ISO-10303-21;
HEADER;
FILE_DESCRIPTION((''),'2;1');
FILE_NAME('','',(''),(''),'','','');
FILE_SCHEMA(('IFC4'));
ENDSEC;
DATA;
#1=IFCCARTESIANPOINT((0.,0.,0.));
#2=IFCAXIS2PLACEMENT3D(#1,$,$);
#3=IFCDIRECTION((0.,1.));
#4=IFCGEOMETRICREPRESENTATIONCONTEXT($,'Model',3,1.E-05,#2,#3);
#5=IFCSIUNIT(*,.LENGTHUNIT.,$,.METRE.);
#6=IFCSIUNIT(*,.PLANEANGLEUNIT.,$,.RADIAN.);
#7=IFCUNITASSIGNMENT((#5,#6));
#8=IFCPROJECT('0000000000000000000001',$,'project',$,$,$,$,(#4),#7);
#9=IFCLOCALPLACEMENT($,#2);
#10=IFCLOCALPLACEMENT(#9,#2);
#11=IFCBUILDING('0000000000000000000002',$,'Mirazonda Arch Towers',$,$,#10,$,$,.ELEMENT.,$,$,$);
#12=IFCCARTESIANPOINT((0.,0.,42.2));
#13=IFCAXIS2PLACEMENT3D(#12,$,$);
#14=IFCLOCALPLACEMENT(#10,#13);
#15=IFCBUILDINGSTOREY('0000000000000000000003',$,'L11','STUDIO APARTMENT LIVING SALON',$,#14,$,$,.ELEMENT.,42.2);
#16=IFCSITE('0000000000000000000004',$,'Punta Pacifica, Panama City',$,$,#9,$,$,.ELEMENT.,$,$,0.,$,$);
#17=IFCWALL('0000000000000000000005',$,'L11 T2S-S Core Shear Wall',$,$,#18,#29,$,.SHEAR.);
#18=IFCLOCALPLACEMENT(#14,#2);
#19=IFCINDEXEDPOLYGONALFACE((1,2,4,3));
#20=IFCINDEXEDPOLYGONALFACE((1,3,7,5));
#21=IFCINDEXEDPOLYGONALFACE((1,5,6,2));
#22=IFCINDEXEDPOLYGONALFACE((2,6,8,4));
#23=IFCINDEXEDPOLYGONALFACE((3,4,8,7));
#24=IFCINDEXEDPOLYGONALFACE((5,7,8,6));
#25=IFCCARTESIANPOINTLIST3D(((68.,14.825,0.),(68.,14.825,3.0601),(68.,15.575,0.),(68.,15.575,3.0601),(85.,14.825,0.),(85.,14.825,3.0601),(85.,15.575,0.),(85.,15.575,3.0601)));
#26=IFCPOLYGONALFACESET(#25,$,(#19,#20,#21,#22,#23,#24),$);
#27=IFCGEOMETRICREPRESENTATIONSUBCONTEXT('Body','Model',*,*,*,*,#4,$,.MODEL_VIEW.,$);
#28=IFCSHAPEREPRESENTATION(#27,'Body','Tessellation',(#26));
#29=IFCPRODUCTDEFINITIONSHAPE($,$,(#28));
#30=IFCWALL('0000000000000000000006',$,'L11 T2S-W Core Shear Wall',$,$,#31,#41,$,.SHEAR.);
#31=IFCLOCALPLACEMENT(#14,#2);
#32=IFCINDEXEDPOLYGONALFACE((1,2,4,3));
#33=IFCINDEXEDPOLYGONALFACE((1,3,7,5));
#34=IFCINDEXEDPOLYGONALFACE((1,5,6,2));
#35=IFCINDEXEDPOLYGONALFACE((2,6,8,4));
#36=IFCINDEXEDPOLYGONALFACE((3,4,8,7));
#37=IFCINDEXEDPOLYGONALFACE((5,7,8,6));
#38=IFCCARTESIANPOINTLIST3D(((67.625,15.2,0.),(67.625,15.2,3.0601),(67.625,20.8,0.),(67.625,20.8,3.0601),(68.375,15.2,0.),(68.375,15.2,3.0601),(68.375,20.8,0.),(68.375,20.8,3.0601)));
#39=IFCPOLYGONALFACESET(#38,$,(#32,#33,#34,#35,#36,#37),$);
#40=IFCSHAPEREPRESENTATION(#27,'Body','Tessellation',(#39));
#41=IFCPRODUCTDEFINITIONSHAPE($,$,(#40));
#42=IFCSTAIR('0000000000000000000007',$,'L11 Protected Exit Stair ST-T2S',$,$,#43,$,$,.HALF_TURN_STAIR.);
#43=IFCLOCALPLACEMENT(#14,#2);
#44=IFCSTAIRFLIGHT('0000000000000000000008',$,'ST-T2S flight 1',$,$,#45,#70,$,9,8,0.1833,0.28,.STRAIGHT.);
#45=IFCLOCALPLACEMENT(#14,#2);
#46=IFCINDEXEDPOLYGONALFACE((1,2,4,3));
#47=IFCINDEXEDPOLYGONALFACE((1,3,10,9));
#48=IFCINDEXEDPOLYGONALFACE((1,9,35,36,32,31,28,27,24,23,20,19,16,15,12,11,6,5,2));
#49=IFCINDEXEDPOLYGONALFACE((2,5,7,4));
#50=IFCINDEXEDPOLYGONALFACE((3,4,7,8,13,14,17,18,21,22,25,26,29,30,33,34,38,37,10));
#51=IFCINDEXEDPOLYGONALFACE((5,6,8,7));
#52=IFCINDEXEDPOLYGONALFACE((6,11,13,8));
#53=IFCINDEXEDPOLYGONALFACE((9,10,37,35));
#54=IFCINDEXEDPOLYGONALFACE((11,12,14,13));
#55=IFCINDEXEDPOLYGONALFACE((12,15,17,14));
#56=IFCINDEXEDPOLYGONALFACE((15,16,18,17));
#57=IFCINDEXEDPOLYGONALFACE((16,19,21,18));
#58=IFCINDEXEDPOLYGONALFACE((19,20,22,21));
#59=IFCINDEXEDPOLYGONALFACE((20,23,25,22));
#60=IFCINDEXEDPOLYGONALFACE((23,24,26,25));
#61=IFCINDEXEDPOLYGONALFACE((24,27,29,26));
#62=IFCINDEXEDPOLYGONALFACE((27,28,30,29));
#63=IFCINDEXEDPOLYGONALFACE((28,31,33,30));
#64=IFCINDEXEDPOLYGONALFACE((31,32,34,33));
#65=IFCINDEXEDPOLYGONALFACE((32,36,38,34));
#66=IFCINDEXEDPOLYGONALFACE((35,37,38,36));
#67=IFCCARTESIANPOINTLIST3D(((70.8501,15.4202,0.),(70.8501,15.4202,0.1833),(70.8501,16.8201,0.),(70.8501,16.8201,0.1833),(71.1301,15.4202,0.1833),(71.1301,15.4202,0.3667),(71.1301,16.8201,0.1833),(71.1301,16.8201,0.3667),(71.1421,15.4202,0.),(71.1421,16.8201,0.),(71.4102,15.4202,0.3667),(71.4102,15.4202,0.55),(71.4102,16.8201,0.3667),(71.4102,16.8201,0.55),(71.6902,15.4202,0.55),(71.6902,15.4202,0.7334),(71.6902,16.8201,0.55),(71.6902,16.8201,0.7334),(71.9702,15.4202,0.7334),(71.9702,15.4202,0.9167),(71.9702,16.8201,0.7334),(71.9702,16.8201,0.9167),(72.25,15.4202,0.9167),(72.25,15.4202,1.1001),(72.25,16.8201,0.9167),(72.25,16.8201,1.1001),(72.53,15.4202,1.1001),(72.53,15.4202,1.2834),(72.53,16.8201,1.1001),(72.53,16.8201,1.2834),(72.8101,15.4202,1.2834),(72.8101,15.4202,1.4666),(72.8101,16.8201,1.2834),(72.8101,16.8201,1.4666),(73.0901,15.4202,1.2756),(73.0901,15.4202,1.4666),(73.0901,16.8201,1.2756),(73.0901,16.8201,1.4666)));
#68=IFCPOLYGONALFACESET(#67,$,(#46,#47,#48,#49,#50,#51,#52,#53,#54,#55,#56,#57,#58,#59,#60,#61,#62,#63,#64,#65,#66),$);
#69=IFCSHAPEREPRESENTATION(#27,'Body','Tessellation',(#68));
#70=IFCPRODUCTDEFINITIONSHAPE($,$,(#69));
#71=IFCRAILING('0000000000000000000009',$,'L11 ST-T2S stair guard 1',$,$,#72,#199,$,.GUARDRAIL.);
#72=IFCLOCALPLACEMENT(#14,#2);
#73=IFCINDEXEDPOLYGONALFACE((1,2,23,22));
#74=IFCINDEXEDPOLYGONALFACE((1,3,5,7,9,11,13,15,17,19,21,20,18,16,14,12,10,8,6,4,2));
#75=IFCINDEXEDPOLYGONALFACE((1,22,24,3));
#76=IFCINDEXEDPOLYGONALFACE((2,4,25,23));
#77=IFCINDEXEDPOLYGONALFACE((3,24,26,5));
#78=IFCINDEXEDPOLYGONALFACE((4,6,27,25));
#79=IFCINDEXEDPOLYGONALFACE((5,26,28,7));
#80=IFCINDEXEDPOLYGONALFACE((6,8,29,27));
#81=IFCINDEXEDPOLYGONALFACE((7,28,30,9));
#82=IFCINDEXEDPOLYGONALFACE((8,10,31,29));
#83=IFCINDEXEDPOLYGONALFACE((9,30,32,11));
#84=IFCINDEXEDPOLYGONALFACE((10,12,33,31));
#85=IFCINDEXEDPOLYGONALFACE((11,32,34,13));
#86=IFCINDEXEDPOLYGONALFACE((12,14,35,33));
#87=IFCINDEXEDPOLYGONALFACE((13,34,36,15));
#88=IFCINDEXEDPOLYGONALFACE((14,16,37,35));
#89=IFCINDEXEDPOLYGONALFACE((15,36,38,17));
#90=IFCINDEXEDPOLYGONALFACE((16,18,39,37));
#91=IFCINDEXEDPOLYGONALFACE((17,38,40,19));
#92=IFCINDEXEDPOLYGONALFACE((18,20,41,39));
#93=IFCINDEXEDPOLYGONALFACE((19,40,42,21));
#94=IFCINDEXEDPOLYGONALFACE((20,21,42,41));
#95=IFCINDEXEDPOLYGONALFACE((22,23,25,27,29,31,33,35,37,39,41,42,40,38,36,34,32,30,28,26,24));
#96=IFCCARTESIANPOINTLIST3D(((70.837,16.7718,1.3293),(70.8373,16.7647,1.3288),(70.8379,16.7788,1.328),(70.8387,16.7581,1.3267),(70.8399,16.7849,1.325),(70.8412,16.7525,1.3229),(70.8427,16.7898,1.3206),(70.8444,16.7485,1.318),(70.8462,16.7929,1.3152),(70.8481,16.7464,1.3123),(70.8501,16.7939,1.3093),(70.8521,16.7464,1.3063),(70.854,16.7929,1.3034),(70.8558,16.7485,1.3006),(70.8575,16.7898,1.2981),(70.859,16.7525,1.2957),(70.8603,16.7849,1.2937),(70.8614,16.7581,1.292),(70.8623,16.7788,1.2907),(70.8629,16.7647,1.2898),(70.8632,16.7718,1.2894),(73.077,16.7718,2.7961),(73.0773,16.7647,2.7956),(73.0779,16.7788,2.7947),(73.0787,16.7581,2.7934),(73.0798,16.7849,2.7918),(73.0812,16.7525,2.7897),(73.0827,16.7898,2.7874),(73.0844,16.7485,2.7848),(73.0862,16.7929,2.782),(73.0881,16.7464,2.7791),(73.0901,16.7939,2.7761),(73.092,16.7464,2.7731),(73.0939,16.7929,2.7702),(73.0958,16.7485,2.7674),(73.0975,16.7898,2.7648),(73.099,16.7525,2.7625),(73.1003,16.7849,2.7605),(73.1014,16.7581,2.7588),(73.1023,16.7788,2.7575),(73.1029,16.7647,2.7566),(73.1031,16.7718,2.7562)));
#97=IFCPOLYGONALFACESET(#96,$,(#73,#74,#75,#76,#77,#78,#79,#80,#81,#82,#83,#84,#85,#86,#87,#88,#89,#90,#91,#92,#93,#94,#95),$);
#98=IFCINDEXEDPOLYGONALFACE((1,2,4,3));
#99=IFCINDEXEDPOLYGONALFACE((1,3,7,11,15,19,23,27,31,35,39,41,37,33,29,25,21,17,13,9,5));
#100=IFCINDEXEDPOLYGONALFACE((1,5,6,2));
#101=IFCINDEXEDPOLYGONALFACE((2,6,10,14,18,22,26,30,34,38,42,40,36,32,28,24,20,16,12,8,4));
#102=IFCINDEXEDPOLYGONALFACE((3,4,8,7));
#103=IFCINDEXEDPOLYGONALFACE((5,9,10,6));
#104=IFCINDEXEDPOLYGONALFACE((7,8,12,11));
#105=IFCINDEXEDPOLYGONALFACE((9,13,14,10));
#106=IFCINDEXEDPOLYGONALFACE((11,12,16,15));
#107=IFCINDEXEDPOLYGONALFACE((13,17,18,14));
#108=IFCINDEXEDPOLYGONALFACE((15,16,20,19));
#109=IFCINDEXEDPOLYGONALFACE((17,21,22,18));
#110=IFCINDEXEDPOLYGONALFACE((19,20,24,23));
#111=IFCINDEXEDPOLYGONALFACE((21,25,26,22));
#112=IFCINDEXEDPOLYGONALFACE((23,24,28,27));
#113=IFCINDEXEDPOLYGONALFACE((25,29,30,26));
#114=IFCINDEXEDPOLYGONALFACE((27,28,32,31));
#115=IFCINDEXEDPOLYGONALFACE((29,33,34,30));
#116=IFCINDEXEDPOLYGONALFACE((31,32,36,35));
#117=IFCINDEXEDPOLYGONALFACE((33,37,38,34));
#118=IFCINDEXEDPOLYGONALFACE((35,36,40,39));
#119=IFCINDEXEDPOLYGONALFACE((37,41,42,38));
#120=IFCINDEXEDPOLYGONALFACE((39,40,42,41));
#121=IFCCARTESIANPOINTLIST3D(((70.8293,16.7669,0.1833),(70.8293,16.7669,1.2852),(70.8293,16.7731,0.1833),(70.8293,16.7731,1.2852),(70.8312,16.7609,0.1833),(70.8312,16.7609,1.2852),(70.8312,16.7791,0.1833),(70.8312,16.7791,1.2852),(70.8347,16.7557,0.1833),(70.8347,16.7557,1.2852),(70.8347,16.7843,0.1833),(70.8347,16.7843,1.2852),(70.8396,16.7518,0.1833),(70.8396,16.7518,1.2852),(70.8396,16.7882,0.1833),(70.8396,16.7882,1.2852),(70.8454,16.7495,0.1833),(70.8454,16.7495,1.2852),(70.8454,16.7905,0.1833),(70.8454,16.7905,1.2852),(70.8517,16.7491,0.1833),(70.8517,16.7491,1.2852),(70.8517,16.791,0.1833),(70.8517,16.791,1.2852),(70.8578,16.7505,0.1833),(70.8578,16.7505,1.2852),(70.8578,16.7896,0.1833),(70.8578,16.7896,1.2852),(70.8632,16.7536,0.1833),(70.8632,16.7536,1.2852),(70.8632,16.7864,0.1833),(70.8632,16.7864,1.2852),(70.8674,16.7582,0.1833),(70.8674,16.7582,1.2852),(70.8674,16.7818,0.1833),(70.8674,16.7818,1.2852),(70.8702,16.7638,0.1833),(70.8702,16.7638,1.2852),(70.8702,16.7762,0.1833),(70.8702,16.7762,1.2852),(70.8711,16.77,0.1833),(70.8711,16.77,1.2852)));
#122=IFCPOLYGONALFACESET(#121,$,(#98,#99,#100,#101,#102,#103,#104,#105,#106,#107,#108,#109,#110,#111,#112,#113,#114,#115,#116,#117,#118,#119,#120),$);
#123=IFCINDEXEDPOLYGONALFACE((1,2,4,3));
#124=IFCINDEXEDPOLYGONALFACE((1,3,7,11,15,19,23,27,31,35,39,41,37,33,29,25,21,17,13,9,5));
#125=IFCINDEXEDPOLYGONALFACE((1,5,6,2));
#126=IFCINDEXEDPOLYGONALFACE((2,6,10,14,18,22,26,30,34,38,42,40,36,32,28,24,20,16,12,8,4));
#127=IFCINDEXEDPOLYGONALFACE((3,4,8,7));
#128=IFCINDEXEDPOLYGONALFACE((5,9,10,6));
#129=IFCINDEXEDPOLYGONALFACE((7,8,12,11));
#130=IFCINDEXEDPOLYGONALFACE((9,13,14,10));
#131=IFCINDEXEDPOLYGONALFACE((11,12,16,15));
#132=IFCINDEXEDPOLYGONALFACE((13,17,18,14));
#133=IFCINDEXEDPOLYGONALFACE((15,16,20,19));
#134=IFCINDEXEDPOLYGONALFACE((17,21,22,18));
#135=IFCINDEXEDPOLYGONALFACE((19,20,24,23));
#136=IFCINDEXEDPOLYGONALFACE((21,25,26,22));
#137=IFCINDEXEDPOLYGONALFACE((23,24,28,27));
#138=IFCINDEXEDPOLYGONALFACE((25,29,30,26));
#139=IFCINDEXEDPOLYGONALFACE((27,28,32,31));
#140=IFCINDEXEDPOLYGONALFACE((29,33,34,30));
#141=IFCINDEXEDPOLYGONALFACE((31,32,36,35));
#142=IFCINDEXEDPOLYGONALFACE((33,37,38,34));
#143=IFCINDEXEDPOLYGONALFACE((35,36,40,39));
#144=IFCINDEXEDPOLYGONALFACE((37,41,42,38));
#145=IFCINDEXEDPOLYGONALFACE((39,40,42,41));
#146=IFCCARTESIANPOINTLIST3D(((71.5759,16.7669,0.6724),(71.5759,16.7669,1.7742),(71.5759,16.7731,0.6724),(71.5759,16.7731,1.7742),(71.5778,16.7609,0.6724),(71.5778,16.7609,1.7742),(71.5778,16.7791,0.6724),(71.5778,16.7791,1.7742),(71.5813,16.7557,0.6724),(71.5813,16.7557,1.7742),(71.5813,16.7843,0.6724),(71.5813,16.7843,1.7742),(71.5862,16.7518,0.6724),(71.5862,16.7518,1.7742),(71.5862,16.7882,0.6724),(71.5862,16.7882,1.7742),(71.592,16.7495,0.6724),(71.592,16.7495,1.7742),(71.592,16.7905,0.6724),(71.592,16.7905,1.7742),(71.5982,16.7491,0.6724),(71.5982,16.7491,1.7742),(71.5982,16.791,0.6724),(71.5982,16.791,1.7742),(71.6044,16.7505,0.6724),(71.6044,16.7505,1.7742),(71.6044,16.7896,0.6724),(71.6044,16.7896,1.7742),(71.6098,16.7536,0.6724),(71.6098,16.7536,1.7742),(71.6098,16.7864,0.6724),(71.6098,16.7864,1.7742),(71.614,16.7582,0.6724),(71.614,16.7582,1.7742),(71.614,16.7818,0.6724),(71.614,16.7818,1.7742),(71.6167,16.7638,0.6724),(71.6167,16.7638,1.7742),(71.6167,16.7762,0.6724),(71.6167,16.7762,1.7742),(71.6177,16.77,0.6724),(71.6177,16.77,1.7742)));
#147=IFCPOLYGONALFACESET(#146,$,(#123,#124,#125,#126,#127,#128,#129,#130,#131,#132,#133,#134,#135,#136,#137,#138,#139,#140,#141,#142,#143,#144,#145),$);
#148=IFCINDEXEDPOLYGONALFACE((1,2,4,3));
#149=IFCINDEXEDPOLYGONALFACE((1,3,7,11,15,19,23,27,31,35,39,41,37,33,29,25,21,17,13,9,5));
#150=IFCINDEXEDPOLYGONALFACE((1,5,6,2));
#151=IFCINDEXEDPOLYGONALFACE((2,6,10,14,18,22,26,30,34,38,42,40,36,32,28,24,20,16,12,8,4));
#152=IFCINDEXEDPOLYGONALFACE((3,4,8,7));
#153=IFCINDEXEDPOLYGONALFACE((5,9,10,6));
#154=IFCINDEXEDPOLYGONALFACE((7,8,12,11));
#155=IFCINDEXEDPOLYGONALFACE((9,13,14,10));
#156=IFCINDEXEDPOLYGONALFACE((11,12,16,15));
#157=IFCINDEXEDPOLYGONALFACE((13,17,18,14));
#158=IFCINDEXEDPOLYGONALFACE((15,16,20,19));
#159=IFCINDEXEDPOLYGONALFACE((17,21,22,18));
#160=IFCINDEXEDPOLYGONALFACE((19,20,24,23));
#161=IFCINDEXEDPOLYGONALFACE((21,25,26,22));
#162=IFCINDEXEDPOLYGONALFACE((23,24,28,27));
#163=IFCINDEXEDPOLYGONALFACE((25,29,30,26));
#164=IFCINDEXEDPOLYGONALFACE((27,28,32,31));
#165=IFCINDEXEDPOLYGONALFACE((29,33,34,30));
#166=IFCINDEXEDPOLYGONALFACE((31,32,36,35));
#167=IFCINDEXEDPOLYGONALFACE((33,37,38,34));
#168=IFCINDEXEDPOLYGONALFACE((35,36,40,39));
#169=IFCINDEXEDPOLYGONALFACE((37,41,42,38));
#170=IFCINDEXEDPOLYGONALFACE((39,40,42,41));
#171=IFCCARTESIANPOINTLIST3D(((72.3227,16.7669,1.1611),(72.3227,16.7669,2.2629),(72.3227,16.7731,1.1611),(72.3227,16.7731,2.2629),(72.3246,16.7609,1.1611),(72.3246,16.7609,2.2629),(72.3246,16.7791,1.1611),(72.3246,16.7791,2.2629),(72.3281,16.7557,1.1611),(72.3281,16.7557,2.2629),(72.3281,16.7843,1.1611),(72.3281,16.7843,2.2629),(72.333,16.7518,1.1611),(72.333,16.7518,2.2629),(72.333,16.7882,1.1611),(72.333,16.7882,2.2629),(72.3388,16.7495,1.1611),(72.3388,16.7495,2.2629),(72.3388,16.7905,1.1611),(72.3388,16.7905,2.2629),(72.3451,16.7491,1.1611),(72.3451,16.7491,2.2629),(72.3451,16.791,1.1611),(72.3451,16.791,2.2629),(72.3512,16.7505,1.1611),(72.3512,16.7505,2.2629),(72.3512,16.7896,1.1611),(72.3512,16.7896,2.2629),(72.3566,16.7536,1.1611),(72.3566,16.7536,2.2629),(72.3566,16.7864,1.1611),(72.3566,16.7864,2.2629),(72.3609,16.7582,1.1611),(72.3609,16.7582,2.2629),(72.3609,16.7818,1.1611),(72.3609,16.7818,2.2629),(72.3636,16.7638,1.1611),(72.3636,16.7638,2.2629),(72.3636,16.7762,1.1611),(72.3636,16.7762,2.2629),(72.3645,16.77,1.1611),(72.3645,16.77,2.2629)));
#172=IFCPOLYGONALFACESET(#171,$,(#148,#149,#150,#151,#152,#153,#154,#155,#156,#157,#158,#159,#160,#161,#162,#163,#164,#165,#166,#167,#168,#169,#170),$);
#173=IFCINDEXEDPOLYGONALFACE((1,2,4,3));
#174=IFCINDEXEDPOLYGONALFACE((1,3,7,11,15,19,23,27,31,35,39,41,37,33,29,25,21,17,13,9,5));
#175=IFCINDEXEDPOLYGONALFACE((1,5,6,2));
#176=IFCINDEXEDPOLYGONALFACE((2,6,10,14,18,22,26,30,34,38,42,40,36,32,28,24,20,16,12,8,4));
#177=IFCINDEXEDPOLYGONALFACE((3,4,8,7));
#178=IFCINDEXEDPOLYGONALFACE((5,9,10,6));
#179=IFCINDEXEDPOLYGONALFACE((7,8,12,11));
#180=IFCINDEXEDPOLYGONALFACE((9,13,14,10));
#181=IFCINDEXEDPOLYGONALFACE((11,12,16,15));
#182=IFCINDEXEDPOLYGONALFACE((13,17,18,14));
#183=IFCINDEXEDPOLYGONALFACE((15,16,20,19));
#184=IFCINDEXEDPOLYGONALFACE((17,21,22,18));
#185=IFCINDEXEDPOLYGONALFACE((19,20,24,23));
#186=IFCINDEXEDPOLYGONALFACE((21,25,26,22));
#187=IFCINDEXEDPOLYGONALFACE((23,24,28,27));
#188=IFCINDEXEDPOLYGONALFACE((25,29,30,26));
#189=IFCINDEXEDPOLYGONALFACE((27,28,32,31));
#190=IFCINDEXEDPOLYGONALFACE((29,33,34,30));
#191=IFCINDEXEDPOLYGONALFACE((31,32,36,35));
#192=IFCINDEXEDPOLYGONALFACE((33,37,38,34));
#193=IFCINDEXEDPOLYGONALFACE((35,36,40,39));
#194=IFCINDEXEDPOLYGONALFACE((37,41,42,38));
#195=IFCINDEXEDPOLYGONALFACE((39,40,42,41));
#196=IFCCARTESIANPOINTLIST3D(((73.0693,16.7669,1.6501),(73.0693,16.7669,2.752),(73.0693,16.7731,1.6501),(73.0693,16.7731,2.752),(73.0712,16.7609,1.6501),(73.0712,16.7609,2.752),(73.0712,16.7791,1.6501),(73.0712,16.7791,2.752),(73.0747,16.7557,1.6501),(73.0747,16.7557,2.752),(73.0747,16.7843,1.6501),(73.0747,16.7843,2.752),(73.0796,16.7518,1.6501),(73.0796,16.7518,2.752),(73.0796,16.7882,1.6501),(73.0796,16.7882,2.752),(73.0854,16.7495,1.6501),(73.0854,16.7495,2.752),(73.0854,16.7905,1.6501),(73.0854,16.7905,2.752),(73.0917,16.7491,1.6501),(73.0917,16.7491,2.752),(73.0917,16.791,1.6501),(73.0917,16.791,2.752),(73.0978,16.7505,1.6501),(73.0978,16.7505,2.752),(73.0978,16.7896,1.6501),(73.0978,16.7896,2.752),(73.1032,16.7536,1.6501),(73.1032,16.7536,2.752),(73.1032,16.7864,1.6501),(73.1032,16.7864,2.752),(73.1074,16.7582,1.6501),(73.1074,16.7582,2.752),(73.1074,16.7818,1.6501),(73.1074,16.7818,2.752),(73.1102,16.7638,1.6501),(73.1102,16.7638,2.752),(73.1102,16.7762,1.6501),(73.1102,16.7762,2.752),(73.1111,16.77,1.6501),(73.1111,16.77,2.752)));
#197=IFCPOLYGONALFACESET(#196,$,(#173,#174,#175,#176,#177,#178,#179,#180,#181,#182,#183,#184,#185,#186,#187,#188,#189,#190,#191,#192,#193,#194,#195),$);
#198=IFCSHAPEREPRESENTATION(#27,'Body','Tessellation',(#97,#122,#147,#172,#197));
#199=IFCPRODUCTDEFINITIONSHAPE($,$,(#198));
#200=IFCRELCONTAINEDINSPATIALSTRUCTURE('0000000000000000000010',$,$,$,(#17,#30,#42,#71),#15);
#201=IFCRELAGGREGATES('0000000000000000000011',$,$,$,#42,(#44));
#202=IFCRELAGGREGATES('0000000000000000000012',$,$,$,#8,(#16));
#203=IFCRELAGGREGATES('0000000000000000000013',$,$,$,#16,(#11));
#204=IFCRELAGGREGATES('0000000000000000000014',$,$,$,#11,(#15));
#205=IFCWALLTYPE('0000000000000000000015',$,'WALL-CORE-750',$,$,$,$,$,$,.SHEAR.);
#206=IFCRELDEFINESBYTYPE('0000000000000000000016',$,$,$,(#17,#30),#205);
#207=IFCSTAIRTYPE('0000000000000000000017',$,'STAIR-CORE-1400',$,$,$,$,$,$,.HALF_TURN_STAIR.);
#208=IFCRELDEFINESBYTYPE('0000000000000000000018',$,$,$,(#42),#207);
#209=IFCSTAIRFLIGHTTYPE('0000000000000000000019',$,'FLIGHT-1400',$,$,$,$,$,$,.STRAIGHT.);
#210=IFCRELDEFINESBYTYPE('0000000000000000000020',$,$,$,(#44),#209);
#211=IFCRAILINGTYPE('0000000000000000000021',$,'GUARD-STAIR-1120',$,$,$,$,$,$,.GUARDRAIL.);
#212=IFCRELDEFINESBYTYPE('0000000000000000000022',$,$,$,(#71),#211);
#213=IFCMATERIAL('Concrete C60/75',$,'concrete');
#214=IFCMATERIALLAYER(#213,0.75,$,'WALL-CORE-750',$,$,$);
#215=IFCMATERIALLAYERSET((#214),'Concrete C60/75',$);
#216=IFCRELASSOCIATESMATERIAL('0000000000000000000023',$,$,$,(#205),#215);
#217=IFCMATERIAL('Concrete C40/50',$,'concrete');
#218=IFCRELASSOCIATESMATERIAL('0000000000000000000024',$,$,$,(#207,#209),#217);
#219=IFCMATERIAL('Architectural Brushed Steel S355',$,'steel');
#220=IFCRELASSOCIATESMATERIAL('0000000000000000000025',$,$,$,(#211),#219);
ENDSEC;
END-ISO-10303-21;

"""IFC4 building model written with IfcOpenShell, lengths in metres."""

from ifc_helpers import new_model, si_unit, direction, frame, frame_2d, origin, origin_2d, place, context, subcontext, project, spatial, polyline, rectangle, circle, outline, extrude, material, layer, layer_set, type_object, element, aggregate, save


model = new_model("IFC4")

# Units and contexts
model_context = context("Model", 3, precision=1e-05, world=origin(), true_north=direction((0.0, 1.0)))
body_context = subcontext(model_context, "Body", "Model", "MODEL_VIEW")
ifc_project = project(units=[si_unit("LENGTHUNIT", "METRE"), si_unit("PLANEANGLEUNIT", "RADIAN")], contexts=[model_context])

# Site, building, storey
site_placement = place(None, origin())
site = spatial("IfcSite", under=ifc_project, at=site_placement, Name="Punta Pacifica, Panama City", CompositionType="ELEMENT", RefElevation=0.0)
building_placement = place(site_placement, origin())
building = spatial("IfcBuilding", under=site, at=building_placement, Name="Mirazonda Arch Towers", CompositionType="ELEMENT")
storey_placement = place(building_placement, frame((0.0, 0.0, 42.2)))
storey = spatial("IfcBuildingStorey", under=building, at=storey_placement, Name="L11", Description="STUDIO APARTMENT LIVING SALON", CompositionType="ELEMENT", Elevation=42.2)

# Shared definitions
ifc_material_1 = material(Name="Concrete C60/75", Category="concrete")

# Shared definitions
ifc_material_2 = material(Name="Architectural Brushed Steel S355", Category="steel")

# Walls
ifc_layer_1 = layer(ifc_material_1, 0.75, Name="WALL-CORE-750")
ifc_layer_set_1 = layer_set([ifc_layer_1], Name="Concrete C60/75")
wall_type_1 = type_object("IfcWallType", Name="WALL-CORE-750", PredefinedType="SHEAR", material=ifc_layer_set_1)
wall_1_placement = place(storey_placement, frame((68.0, 15.2, 0.0), z_axis=(0.0, 0.0, 1.0), x_axis=(1.0, 0.0, 0.0)))
element("IfcWall", 1, at=wall_1_placement, inside=storey, type_object=wall_type_1, Name="L11 T2S-S Core Shear Wall", PredefinedType="SHEAR", context=body_context, shape_type="SweptSolid", body=[
    extrude(rectangle(XDim=17.0, YDim=0.75, at=frame_2d((8.5, 0.0))), origin(), (0.0, 0.0, 1.0), 3.0601),
])
wall_2_placement = place(storey_placement, frame((68.0, 15.2, 0.0), z_axis=(0.0, 0.0, 1.0), x_axis=(0.0, 1.0, 0.0)))
element("IfcWall", 2, at=wall_2_placement, inside=storey, type_object=wall_type_1, Name="L11 T2S-W Core Shear Wall", PredefinedType="SHEAR", context=body_context, shape_type="SweptSolid", body=[
    extrude(rectangle(XDim=5.6001, YDim=0.75, at=frame_2d((2.8, 0.0))), origin(), (0.0, 0.0, 1.0), 3.0601),
])

# Stair, stair flight
ifc_material_3 = material(Name="Concrete C40/50", Category="concrete")
stair_type = type_object("IfcStairType", Name="STAIR-CORE-1400", PredefinedType="HALF_TURN_STAIR", material=ifc_material_3)
stair_placement = place(storey_placement, origin())
stair = element("IfcStair", 3, at=stair_placement, inside=storey, type_object=stair_type, Name="L11 Protected Exit Stair ST-T2S", PredefinedType="HALF_TURN_STAIR")
stair_flight_type = type_object("IfcStairFlightType", Name="FLIGHT-1400", PredefinedType="STRAIGHT", material=ifc_material_3)
stair_flight_placement = place(storey_placement, frame((70.8501, 16.1201, 0.0), z_axis=(0.0, 0.0, 1.0), x_axis=(1.0, 0.0, 0.0)))
stair_flight = element("IfcStairFlight", 4, at=stair_flight_placement, type_object=stair_flight_type, Name="ST-T2S flight 1", NumberOfRisers=9, NumberOfTreads=8, PredefinedType="STRAIGHT", RiserHeight=0.1833, TreadLength=0.28, context=body_context, shape_type="SweptSolid", body=[
    extrude(outline(polyline([(0.0, 0.0), (0.0, 0.1833), (0.28, 0.1833), (0.28, 0.3667), (0.5601, 0.3667), (0.5601, 0.55), (0.8401, 0.55), (0.8401, 0.7334), (1.1201, 0.7334), (1.1201, 0.9167), (1.3999, 0.9167), (1.3999, 1.1001), (1.6799, 1.1001), (1.6799, 1.2834), (1.96, 1.2834), (1.96, 1.4666), (2.24, 1.4666), (2.24, 1.6499), (2.24, 1.2756), (0.292, 0.0), (0.0, 0.0)])), frame((0.0, 0.7, 0.0), z_axis=(0.0, -1.0, 0.0), x_axis=(1.0, 0.0, 0.0)), (0.0, 0.0, 1.0), 1.3999),
])
aggregate(stair, [stair_flight])

# Railing
railing_type_1 = type_object("IfcRailingType", Name="GUARD-STAIR-1120", PredefinedType="GUARDRAIL", material=ifc_material_2)
railing_1_placement = place(storey_placement, frame((70.8501, 16.77, 0.1833)))
element("IfcRailing", 5, at=railing_1_placement, inside=storey, type_object=railing_type_1, Name="L11 ST-T2S stair guard 1", PredefinedType="GUARDRAIL", context=body_context, shape_type="SweptSolid", body=[
    extrude(circle(Radius=0.0239, at=origin_2d()), frame((0.0, 0.0, 1.126), z_axis=(0.836595, 0.0, 0.547822), x_axis=(0.0, 1.0, 0.0)), (0.0, 0.0, 1.0), 2.6775),
    extrude(circle(Radius=0.021, at=origin_2d()), origin(), (0.0, 0.0, 1.0), 1.1018),
    extrude(circle(Radius=0.021, at=origin_2d()), frame((0.7466, 0.0, 0.489)), (0.0, 0.0, 1.0), 1.1018),
    extrude(circle(Radius=0.021, at=origin_2d()), frame((1.4934, 0.0, 0.9778)), (0.0, 0.0, 1.0), 1.1018),
    extrude(circle(Radius=0.021, at=origin_2d()), frame((2.24, 0.0, 1.4668)), (0.0, 0.0, 1.0), 1.1018),
])

save(model, "model.ifc")
